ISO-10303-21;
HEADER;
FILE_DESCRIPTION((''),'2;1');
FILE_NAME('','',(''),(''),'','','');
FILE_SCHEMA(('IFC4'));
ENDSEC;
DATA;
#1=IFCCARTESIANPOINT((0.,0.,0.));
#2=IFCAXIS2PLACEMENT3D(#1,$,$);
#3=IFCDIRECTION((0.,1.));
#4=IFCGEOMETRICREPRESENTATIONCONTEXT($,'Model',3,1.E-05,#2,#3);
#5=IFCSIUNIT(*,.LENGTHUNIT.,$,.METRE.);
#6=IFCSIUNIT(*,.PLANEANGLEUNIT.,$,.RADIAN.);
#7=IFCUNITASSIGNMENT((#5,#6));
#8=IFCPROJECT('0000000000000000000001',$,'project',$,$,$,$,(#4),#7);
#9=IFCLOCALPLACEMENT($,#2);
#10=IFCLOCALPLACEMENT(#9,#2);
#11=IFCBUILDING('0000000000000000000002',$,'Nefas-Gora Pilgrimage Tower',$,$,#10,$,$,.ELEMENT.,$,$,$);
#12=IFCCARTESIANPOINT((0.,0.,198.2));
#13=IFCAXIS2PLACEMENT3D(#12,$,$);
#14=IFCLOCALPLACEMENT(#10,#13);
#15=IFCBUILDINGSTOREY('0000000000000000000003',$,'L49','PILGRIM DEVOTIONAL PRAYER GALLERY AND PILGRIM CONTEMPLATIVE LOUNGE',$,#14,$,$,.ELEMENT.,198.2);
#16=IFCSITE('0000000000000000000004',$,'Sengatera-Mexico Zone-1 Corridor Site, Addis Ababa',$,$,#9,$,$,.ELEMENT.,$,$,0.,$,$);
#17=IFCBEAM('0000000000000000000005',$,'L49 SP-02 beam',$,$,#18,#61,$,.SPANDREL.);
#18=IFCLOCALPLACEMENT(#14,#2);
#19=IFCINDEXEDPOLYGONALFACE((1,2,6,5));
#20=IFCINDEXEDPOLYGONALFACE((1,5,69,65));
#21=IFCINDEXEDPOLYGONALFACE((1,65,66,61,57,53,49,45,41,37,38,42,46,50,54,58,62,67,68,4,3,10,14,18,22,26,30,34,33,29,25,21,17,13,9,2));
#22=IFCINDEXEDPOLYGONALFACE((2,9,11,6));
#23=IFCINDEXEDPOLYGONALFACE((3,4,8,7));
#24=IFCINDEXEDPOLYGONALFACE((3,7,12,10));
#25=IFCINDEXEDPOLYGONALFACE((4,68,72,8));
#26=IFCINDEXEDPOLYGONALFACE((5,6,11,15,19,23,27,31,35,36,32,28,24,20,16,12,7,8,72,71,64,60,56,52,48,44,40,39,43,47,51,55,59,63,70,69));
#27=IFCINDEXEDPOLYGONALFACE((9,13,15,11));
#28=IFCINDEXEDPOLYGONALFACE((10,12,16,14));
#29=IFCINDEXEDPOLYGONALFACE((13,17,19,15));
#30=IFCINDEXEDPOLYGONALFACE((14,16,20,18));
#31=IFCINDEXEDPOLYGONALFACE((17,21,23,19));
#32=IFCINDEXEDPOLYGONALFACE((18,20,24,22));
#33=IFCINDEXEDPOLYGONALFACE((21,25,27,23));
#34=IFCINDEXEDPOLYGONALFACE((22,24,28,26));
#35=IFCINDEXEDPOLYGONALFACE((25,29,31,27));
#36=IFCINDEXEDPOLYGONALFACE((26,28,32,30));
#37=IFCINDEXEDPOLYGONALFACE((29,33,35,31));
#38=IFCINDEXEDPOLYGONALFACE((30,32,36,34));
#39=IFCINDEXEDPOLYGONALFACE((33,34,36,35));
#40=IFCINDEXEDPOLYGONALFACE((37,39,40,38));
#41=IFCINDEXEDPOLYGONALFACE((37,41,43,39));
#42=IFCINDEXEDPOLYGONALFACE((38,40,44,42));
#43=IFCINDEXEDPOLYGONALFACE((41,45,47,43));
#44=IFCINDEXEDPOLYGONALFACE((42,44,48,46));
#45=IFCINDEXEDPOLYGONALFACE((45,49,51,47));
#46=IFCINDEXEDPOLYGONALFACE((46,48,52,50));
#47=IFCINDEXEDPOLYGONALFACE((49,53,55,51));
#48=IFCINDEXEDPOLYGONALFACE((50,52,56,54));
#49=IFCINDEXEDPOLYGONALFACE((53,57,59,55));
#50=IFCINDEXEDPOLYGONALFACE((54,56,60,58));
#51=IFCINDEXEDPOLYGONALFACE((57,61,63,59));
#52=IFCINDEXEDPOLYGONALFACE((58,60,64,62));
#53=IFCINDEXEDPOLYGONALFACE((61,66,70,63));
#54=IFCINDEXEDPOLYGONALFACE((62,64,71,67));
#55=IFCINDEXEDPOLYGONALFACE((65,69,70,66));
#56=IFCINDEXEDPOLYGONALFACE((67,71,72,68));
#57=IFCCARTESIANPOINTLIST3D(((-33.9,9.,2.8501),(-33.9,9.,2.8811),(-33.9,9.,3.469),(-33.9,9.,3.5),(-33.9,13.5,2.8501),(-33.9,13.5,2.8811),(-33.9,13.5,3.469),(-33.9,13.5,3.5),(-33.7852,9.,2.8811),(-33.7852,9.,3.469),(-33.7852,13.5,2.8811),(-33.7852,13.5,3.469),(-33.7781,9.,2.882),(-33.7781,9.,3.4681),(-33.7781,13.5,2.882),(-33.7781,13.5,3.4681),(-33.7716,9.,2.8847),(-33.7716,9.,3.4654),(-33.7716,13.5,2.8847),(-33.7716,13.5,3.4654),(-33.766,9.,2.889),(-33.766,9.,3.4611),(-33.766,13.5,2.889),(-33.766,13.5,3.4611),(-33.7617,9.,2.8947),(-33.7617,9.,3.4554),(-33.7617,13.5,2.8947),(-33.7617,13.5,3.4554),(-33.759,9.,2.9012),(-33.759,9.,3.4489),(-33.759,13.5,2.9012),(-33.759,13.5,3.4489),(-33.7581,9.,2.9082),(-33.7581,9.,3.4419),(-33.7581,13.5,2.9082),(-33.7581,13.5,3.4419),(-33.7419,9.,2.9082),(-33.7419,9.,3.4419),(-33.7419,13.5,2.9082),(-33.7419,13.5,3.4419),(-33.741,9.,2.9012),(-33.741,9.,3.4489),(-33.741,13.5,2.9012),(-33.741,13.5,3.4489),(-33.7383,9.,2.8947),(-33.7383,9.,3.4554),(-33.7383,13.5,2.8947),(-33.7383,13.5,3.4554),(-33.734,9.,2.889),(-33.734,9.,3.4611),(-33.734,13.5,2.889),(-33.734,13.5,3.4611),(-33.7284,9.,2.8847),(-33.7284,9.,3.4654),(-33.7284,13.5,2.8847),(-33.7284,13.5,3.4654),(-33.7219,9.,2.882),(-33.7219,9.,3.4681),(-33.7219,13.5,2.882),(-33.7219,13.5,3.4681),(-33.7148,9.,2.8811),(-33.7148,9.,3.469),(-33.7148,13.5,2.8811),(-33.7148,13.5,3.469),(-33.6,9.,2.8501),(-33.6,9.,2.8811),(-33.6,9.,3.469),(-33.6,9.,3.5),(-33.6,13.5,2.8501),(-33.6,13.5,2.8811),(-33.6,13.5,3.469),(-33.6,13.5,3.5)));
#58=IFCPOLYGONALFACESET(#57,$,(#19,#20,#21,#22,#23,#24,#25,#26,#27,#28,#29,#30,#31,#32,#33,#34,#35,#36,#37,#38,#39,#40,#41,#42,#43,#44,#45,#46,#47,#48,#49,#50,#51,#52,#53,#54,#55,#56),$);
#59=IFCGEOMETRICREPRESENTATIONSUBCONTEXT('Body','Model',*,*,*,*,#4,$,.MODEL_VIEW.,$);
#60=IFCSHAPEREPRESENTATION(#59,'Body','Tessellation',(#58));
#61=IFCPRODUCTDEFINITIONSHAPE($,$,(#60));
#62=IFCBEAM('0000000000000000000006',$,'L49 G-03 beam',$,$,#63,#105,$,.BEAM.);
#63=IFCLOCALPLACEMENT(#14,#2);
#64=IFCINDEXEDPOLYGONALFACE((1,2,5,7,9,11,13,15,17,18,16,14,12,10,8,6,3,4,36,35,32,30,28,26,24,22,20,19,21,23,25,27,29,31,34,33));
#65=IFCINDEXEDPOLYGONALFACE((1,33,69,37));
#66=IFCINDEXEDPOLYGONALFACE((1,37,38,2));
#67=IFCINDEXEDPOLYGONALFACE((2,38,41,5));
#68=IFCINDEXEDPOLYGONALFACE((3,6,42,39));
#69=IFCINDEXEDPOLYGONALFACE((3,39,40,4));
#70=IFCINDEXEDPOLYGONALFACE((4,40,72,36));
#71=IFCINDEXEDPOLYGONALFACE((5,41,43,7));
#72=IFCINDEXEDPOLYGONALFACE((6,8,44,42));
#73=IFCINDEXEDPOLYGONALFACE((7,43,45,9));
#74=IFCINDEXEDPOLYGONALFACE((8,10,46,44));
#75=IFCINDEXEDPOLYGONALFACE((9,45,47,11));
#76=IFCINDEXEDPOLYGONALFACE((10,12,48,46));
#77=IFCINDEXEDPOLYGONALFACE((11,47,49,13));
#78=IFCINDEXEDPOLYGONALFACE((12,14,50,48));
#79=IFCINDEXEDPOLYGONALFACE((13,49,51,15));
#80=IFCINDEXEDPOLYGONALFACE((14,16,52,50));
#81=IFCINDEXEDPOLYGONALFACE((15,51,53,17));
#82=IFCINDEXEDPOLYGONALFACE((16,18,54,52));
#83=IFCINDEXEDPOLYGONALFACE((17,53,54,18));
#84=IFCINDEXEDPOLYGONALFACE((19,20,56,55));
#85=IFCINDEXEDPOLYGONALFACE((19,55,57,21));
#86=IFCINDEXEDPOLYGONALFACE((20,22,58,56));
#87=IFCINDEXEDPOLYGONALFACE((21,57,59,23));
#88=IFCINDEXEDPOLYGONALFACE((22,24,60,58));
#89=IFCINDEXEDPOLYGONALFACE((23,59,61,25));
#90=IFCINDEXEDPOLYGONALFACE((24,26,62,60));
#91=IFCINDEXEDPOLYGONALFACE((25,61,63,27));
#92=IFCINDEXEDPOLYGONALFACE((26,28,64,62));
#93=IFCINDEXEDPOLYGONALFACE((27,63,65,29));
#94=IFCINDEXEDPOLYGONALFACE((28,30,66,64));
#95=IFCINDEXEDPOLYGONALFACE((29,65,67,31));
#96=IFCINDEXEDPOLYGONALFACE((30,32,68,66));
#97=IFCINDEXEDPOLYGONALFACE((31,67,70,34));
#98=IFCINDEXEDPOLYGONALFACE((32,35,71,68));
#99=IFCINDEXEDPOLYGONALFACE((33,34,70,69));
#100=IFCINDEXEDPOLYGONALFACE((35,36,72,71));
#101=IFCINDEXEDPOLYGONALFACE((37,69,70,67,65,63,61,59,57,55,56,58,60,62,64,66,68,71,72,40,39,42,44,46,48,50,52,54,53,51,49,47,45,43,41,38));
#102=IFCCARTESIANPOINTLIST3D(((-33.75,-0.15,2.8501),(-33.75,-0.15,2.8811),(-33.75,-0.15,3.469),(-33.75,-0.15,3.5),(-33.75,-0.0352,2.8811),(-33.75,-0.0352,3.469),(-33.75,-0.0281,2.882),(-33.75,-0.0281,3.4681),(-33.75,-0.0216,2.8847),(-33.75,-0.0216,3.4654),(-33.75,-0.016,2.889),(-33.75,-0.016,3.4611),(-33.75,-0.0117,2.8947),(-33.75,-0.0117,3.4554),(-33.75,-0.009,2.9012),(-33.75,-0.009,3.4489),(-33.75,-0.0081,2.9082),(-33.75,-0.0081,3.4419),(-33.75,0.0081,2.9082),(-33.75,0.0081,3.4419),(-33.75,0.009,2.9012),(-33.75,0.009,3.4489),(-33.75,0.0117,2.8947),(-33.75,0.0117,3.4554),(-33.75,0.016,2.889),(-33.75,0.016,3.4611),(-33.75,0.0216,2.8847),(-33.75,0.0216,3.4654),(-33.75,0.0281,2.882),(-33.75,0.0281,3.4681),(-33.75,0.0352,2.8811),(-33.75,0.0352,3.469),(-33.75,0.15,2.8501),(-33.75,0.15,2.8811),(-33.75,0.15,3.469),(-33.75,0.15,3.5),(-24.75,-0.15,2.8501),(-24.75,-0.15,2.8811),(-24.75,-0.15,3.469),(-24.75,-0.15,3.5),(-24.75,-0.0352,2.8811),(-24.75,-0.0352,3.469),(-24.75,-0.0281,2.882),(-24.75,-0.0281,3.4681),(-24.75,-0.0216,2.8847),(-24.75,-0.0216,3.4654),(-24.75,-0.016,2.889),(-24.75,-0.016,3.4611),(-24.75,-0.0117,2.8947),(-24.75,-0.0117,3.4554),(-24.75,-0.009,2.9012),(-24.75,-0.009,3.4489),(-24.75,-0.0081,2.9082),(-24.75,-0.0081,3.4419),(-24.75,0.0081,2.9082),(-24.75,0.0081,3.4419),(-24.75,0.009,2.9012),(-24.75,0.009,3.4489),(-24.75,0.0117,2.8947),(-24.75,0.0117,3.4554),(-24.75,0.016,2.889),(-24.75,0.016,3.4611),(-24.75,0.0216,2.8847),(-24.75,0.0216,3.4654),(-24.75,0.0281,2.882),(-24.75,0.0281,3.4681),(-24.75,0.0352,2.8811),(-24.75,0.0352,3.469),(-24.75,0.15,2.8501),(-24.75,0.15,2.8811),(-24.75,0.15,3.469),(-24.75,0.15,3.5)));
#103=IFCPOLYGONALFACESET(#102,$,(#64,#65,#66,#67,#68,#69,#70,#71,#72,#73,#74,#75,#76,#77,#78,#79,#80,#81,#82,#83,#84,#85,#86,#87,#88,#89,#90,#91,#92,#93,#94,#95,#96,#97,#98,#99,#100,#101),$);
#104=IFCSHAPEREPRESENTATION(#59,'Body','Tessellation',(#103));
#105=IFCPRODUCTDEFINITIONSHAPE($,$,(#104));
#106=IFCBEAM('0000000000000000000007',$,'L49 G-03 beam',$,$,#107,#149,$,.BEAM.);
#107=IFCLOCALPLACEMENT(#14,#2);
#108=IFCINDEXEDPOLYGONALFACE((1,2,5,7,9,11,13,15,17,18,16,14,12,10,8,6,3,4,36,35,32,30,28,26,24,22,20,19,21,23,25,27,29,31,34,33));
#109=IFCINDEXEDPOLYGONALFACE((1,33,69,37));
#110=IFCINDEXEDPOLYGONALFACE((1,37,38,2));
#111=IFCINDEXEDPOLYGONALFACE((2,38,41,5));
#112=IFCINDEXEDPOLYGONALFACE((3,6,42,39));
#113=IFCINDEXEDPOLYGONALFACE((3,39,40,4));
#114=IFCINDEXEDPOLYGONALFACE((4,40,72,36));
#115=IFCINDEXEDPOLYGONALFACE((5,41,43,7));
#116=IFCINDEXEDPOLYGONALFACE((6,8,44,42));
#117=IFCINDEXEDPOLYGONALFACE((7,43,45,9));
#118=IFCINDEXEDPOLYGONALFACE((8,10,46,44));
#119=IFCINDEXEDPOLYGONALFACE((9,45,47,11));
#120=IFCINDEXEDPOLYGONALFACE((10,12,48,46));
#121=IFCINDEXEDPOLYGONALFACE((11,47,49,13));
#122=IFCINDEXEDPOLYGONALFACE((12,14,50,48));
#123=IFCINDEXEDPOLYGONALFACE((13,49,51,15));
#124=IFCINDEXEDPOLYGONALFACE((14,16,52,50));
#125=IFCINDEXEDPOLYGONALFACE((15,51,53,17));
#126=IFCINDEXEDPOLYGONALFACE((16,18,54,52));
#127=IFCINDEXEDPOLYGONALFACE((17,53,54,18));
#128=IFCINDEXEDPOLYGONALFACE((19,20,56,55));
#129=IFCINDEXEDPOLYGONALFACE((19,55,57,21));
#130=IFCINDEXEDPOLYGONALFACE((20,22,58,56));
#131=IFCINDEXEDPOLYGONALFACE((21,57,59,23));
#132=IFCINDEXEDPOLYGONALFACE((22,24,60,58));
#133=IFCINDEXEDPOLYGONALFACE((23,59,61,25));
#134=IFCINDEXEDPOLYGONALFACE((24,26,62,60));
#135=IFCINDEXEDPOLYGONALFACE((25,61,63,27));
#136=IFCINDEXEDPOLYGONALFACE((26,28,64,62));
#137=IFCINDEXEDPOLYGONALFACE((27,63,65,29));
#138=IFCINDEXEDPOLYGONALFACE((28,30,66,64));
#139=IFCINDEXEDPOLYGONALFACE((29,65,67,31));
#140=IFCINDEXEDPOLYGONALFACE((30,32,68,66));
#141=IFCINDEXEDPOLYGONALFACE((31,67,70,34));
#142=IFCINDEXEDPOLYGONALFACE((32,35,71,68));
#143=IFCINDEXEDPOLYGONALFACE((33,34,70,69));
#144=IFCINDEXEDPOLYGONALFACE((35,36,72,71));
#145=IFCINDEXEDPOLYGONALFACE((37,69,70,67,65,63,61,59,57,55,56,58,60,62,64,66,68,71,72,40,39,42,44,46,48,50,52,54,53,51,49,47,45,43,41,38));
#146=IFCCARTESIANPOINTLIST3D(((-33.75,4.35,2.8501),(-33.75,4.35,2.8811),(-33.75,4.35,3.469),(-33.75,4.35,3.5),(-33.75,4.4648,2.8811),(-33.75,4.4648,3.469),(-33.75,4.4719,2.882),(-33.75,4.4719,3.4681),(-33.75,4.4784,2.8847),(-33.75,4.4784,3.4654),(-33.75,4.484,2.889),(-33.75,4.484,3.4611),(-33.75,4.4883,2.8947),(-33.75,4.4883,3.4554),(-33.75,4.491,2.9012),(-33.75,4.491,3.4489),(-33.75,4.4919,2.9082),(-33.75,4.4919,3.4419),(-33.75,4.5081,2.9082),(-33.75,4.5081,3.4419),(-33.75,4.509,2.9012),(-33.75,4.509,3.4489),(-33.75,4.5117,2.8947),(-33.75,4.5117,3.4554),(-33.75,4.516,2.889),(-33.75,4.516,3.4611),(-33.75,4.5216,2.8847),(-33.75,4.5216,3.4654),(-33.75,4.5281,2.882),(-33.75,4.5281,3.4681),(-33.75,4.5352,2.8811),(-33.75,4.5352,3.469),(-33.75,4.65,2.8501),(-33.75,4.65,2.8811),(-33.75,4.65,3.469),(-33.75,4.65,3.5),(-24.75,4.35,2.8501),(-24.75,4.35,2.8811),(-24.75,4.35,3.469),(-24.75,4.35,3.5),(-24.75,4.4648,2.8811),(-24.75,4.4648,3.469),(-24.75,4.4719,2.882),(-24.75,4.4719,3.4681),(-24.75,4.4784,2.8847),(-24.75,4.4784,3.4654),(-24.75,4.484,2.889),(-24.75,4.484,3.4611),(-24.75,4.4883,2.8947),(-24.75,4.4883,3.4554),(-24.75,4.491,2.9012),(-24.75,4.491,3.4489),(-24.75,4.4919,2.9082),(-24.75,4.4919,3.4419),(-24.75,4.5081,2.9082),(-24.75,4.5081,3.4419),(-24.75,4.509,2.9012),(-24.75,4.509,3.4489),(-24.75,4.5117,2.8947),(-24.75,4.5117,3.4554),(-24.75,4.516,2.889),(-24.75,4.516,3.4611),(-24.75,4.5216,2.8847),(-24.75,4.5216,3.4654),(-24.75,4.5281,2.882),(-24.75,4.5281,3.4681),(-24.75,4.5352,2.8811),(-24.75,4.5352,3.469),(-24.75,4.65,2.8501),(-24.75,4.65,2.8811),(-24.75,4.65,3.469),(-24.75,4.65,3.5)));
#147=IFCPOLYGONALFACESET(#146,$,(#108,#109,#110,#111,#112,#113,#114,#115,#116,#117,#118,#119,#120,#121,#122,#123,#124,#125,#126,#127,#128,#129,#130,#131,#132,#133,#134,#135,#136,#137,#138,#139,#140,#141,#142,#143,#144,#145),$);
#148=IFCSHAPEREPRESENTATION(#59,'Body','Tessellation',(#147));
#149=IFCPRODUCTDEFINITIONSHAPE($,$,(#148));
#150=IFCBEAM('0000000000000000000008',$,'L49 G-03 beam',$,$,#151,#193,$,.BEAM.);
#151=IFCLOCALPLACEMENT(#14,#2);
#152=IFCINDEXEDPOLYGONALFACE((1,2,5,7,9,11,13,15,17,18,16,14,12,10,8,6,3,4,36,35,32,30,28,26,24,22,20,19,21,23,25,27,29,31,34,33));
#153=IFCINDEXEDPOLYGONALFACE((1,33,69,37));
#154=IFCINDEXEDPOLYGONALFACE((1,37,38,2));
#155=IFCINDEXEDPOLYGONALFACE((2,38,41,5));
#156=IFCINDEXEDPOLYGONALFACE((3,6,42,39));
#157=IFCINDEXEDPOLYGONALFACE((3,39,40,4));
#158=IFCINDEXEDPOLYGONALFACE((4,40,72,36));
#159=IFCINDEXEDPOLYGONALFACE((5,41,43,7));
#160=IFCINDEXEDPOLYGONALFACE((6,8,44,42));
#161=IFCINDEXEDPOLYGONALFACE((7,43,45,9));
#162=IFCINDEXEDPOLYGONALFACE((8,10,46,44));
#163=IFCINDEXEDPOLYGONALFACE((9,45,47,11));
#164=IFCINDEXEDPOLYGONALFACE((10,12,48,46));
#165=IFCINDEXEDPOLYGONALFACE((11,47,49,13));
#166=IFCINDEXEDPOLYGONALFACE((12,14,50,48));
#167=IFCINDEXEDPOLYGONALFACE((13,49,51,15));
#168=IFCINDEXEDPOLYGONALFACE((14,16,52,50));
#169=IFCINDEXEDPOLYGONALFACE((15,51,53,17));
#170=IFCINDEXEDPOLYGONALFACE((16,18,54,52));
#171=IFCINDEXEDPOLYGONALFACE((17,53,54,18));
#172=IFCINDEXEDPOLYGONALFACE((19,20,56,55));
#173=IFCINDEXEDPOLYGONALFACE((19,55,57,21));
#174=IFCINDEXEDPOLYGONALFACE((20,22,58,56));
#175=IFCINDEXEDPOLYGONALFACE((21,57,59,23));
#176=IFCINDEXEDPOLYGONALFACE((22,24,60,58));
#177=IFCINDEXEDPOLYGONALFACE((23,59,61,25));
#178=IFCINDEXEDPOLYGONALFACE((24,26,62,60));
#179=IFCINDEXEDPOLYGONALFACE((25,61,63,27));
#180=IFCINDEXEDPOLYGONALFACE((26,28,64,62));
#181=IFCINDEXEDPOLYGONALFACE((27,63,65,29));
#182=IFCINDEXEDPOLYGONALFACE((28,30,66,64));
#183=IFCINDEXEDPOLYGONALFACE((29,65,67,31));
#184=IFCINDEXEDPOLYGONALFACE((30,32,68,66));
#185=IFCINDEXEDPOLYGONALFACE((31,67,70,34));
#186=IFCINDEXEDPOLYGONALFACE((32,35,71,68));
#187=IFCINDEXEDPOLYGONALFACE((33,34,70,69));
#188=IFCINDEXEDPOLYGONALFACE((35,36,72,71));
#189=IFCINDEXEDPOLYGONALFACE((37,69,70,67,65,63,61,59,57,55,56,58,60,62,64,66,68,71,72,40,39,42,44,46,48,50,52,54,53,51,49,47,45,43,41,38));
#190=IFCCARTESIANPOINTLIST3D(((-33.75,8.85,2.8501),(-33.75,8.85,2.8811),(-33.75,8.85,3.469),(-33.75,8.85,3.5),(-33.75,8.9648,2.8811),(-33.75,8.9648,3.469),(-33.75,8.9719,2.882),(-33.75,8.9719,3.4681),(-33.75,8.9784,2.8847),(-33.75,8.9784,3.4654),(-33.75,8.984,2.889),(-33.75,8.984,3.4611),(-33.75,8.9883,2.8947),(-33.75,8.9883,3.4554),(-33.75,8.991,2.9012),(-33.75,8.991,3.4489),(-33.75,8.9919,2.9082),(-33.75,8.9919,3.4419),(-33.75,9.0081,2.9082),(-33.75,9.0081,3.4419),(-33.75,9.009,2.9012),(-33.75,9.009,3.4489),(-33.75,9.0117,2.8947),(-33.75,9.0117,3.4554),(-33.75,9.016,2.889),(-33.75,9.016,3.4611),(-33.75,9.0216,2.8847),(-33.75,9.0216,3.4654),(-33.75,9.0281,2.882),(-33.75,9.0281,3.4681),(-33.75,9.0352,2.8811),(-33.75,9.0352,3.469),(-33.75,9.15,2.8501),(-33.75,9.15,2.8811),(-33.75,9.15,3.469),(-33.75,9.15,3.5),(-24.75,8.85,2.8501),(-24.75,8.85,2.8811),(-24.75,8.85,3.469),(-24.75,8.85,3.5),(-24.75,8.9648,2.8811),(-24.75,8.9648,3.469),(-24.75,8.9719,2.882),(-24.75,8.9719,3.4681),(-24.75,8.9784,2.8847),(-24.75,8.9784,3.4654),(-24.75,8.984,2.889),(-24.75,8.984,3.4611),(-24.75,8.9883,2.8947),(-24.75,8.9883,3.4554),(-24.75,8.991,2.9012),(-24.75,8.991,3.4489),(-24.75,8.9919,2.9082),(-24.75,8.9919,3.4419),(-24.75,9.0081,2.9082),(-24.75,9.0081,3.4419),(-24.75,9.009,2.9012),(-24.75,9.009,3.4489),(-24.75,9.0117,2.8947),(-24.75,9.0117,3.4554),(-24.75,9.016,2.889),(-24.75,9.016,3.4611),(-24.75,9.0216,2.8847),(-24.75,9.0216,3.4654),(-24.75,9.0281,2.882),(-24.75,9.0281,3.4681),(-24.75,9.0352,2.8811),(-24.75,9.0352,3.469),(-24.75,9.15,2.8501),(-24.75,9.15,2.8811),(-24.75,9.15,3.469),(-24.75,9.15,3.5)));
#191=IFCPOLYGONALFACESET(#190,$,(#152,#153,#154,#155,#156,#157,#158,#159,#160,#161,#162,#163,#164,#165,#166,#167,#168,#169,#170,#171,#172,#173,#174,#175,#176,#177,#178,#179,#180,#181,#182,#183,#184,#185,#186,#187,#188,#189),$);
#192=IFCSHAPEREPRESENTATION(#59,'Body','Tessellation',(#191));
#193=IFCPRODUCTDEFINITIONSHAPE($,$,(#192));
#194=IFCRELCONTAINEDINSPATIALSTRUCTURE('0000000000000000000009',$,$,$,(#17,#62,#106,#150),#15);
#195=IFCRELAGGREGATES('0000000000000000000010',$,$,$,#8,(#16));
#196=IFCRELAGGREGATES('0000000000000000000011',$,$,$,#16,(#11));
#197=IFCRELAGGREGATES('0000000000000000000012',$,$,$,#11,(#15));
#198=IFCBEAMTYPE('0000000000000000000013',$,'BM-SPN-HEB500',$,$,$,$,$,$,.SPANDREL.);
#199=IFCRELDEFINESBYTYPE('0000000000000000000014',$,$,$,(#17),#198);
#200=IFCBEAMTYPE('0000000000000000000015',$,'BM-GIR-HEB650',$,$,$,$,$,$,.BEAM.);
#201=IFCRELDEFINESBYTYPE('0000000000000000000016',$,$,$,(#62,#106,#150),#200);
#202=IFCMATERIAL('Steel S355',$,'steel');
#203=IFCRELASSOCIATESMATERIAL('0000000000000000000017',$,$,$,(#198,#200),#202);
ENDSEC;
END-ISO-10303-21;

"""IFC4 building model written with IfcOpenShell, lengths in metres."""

from ifc_helpers import new_model, si_unit, direction, frame, origin, origin_2d, place, context, subcontext, project, spatial, i_section, extrude, source, transform, mapped, material, material_profile, profile_set, type_object, element, save


model = new_model("IFC4")

# Units and contexts
model_context = context("Model", 3, precision=1e-05, world=origin(), true_north=direction((0.0, 1.0)))
body_context = subcontext(model_context, "Body", "Model", "MODEL_VIEW")
ifc_project = project(units=[si_unit("LENGTHUNIT", "METRE"), si_unit("PLANEANGLEUNIT", "RADIAN")], contexts=[model_context])

# Site, building, storey
site_placement = place(None, origin())
site = spatial("IfcSite", under=ifc_project, at=site_placement, Name="Sengatera-Mexico Zone-1 Corridor Site, Addis Ababa", CompositionType="ELEMENT", RefElevation=0.0)
building_placement = place(site_placement, origin())
building = spatial("IfcBuilding", under=site, at=building_placement, Name="Nefas-Gora Pilgrimage Tower", CompositionType="ELEMENT")
storey_placement = place(building_placement, frame((0.0, 0.0, 198.2)))
storey = spatial("IfcBuildingStorey", under=building, at=storey_placement, Name="L49", Description="PILGRIM DEVOTIONAL PRAYER GALLERY AND PILGRIM CONTEMPLATIVE LOUNGE", CompositionType="ELEMENT", Elevation=198.2)

# Beams
ifc_material_1 = material(Name="Steel S355", Category="steel")
ifc_material_profile_1 = material_profile(ifc_material_1, i_section(OverallWidth=0.3, OverallDepth=0.6499, WebThickness=0.0161, FlangeThickness=0.031, FilletRadius=0.0271, at=origin_2d()), Name="HEB 650")
ifc_profile_set_1 = profile_set([ifc_material_profile_1], Name="Steel S355")
beam_type_1 = type_object("IfcBeamType", Name="BM-SPN-HEB500", PredefinedType="SPANDREL", material=ifc_profile_set_1)
shared_shape_1 = source(origin(), body_context, "Body", "SweptSolid", [
    extrude(i_section(OverallWidth=0.3, OverallDepth=0.6499, WebThickness=0.0161, FlangeThickness=0.031, FilletRadius=0.0271, at=origin_2d()), origin(), (0.0, 0.0, 1.0), 4.5),
])
for number, where, z_axis, x_axis, name in (
    (1, (-33.75, 9.0, 3.175), (0.0, 1.0, 0.0), (-1.0, 0.0, 0.0), "L49 SP-02 beam"),
):
    element("IfcBeam", number, at=place(storey_placement, frame(where, z_axis=z_axis, x_axis=x_axis)), inside=storey, type_object=beam_type_1, Name=name, PredefinedType="SPANDREL", context=body_context, shape_type="MappedRepresentation", body=[
        mapped(shared_shape_1, transform((0.0, 0.0, 0.0), x_axis=(1.0, 0.0, 0.0), y_axis=(0.0, 1.0, 0.0), z_axis=(0.0, 0.0, 1.0), scale=1.0)),
    ])
ifc_material_profile_2 = material_profile(ifc_material_1, i_section(OverallWidth=0.3, OverallDepth=0.6499, WebThickness=0.0161, FlangeThickness=0.031, FilletRadius=0.0271, at=origin_2d()), Name="HEB 650")
ifc_profile_set_2 = profile_set([ifc_material_profile_2], Name="Steel S355")
beam_type_2 = type_object("IfcBeamType", Name="BM-GIR-HEB650", PredefinedType="BEAM", material=ifc_profile_set_2)
shared_shape_2 = source(origin(), body_context, "Body", "SweptSolid", [
    extrude(i_section(OverallWidth=0.3, OverallDepth=0.6499, WebThickness=0.0161, FlangeThickness=0.031, FilletRadius=0.0271, at=origin_2d()), origin(), (0.0, 0.0, 1.0), 9.0),
])
for number, where, z_axis, x_axis, name in (
    (2, (-33.75, 0.0, 3.175), (1.0, 0.0, 0.0), (0.0, 1.0, 0.0), "L49 G-03 beam"),
    (3, (-33.75, 4.5, 3.175), (1.0, 0.0, 0.0), (0.0, 1.0, 0.0), "L49 G-03 beam"),
    (4, (-33.75, 9.0, 3.175), (1.0, 0.0, 0.0), (0.0, 1.0, 0.0), "L49 G-03 beam"),
):
    element("IfcBeam", number, at=place(storey_placement, frame(where, z_axis=z_axis, x_axis=x_axis)), inside=storey, type_object=beam_type_2, Name=name, PredefinedType="BEAM", context=body_context, shape_type="MappedRepresentation", body=[
        mapped(shared_shape_2, transform((0.0, 0.0, 0.0), x_axis=(1.0, 0.0, 0.0), y_axis=(0.0, 1.0, 0.0), z_axis=(0.0, 0.0, 1.0), scale=1.0)),
    ])

save(model, "model.ifc")
